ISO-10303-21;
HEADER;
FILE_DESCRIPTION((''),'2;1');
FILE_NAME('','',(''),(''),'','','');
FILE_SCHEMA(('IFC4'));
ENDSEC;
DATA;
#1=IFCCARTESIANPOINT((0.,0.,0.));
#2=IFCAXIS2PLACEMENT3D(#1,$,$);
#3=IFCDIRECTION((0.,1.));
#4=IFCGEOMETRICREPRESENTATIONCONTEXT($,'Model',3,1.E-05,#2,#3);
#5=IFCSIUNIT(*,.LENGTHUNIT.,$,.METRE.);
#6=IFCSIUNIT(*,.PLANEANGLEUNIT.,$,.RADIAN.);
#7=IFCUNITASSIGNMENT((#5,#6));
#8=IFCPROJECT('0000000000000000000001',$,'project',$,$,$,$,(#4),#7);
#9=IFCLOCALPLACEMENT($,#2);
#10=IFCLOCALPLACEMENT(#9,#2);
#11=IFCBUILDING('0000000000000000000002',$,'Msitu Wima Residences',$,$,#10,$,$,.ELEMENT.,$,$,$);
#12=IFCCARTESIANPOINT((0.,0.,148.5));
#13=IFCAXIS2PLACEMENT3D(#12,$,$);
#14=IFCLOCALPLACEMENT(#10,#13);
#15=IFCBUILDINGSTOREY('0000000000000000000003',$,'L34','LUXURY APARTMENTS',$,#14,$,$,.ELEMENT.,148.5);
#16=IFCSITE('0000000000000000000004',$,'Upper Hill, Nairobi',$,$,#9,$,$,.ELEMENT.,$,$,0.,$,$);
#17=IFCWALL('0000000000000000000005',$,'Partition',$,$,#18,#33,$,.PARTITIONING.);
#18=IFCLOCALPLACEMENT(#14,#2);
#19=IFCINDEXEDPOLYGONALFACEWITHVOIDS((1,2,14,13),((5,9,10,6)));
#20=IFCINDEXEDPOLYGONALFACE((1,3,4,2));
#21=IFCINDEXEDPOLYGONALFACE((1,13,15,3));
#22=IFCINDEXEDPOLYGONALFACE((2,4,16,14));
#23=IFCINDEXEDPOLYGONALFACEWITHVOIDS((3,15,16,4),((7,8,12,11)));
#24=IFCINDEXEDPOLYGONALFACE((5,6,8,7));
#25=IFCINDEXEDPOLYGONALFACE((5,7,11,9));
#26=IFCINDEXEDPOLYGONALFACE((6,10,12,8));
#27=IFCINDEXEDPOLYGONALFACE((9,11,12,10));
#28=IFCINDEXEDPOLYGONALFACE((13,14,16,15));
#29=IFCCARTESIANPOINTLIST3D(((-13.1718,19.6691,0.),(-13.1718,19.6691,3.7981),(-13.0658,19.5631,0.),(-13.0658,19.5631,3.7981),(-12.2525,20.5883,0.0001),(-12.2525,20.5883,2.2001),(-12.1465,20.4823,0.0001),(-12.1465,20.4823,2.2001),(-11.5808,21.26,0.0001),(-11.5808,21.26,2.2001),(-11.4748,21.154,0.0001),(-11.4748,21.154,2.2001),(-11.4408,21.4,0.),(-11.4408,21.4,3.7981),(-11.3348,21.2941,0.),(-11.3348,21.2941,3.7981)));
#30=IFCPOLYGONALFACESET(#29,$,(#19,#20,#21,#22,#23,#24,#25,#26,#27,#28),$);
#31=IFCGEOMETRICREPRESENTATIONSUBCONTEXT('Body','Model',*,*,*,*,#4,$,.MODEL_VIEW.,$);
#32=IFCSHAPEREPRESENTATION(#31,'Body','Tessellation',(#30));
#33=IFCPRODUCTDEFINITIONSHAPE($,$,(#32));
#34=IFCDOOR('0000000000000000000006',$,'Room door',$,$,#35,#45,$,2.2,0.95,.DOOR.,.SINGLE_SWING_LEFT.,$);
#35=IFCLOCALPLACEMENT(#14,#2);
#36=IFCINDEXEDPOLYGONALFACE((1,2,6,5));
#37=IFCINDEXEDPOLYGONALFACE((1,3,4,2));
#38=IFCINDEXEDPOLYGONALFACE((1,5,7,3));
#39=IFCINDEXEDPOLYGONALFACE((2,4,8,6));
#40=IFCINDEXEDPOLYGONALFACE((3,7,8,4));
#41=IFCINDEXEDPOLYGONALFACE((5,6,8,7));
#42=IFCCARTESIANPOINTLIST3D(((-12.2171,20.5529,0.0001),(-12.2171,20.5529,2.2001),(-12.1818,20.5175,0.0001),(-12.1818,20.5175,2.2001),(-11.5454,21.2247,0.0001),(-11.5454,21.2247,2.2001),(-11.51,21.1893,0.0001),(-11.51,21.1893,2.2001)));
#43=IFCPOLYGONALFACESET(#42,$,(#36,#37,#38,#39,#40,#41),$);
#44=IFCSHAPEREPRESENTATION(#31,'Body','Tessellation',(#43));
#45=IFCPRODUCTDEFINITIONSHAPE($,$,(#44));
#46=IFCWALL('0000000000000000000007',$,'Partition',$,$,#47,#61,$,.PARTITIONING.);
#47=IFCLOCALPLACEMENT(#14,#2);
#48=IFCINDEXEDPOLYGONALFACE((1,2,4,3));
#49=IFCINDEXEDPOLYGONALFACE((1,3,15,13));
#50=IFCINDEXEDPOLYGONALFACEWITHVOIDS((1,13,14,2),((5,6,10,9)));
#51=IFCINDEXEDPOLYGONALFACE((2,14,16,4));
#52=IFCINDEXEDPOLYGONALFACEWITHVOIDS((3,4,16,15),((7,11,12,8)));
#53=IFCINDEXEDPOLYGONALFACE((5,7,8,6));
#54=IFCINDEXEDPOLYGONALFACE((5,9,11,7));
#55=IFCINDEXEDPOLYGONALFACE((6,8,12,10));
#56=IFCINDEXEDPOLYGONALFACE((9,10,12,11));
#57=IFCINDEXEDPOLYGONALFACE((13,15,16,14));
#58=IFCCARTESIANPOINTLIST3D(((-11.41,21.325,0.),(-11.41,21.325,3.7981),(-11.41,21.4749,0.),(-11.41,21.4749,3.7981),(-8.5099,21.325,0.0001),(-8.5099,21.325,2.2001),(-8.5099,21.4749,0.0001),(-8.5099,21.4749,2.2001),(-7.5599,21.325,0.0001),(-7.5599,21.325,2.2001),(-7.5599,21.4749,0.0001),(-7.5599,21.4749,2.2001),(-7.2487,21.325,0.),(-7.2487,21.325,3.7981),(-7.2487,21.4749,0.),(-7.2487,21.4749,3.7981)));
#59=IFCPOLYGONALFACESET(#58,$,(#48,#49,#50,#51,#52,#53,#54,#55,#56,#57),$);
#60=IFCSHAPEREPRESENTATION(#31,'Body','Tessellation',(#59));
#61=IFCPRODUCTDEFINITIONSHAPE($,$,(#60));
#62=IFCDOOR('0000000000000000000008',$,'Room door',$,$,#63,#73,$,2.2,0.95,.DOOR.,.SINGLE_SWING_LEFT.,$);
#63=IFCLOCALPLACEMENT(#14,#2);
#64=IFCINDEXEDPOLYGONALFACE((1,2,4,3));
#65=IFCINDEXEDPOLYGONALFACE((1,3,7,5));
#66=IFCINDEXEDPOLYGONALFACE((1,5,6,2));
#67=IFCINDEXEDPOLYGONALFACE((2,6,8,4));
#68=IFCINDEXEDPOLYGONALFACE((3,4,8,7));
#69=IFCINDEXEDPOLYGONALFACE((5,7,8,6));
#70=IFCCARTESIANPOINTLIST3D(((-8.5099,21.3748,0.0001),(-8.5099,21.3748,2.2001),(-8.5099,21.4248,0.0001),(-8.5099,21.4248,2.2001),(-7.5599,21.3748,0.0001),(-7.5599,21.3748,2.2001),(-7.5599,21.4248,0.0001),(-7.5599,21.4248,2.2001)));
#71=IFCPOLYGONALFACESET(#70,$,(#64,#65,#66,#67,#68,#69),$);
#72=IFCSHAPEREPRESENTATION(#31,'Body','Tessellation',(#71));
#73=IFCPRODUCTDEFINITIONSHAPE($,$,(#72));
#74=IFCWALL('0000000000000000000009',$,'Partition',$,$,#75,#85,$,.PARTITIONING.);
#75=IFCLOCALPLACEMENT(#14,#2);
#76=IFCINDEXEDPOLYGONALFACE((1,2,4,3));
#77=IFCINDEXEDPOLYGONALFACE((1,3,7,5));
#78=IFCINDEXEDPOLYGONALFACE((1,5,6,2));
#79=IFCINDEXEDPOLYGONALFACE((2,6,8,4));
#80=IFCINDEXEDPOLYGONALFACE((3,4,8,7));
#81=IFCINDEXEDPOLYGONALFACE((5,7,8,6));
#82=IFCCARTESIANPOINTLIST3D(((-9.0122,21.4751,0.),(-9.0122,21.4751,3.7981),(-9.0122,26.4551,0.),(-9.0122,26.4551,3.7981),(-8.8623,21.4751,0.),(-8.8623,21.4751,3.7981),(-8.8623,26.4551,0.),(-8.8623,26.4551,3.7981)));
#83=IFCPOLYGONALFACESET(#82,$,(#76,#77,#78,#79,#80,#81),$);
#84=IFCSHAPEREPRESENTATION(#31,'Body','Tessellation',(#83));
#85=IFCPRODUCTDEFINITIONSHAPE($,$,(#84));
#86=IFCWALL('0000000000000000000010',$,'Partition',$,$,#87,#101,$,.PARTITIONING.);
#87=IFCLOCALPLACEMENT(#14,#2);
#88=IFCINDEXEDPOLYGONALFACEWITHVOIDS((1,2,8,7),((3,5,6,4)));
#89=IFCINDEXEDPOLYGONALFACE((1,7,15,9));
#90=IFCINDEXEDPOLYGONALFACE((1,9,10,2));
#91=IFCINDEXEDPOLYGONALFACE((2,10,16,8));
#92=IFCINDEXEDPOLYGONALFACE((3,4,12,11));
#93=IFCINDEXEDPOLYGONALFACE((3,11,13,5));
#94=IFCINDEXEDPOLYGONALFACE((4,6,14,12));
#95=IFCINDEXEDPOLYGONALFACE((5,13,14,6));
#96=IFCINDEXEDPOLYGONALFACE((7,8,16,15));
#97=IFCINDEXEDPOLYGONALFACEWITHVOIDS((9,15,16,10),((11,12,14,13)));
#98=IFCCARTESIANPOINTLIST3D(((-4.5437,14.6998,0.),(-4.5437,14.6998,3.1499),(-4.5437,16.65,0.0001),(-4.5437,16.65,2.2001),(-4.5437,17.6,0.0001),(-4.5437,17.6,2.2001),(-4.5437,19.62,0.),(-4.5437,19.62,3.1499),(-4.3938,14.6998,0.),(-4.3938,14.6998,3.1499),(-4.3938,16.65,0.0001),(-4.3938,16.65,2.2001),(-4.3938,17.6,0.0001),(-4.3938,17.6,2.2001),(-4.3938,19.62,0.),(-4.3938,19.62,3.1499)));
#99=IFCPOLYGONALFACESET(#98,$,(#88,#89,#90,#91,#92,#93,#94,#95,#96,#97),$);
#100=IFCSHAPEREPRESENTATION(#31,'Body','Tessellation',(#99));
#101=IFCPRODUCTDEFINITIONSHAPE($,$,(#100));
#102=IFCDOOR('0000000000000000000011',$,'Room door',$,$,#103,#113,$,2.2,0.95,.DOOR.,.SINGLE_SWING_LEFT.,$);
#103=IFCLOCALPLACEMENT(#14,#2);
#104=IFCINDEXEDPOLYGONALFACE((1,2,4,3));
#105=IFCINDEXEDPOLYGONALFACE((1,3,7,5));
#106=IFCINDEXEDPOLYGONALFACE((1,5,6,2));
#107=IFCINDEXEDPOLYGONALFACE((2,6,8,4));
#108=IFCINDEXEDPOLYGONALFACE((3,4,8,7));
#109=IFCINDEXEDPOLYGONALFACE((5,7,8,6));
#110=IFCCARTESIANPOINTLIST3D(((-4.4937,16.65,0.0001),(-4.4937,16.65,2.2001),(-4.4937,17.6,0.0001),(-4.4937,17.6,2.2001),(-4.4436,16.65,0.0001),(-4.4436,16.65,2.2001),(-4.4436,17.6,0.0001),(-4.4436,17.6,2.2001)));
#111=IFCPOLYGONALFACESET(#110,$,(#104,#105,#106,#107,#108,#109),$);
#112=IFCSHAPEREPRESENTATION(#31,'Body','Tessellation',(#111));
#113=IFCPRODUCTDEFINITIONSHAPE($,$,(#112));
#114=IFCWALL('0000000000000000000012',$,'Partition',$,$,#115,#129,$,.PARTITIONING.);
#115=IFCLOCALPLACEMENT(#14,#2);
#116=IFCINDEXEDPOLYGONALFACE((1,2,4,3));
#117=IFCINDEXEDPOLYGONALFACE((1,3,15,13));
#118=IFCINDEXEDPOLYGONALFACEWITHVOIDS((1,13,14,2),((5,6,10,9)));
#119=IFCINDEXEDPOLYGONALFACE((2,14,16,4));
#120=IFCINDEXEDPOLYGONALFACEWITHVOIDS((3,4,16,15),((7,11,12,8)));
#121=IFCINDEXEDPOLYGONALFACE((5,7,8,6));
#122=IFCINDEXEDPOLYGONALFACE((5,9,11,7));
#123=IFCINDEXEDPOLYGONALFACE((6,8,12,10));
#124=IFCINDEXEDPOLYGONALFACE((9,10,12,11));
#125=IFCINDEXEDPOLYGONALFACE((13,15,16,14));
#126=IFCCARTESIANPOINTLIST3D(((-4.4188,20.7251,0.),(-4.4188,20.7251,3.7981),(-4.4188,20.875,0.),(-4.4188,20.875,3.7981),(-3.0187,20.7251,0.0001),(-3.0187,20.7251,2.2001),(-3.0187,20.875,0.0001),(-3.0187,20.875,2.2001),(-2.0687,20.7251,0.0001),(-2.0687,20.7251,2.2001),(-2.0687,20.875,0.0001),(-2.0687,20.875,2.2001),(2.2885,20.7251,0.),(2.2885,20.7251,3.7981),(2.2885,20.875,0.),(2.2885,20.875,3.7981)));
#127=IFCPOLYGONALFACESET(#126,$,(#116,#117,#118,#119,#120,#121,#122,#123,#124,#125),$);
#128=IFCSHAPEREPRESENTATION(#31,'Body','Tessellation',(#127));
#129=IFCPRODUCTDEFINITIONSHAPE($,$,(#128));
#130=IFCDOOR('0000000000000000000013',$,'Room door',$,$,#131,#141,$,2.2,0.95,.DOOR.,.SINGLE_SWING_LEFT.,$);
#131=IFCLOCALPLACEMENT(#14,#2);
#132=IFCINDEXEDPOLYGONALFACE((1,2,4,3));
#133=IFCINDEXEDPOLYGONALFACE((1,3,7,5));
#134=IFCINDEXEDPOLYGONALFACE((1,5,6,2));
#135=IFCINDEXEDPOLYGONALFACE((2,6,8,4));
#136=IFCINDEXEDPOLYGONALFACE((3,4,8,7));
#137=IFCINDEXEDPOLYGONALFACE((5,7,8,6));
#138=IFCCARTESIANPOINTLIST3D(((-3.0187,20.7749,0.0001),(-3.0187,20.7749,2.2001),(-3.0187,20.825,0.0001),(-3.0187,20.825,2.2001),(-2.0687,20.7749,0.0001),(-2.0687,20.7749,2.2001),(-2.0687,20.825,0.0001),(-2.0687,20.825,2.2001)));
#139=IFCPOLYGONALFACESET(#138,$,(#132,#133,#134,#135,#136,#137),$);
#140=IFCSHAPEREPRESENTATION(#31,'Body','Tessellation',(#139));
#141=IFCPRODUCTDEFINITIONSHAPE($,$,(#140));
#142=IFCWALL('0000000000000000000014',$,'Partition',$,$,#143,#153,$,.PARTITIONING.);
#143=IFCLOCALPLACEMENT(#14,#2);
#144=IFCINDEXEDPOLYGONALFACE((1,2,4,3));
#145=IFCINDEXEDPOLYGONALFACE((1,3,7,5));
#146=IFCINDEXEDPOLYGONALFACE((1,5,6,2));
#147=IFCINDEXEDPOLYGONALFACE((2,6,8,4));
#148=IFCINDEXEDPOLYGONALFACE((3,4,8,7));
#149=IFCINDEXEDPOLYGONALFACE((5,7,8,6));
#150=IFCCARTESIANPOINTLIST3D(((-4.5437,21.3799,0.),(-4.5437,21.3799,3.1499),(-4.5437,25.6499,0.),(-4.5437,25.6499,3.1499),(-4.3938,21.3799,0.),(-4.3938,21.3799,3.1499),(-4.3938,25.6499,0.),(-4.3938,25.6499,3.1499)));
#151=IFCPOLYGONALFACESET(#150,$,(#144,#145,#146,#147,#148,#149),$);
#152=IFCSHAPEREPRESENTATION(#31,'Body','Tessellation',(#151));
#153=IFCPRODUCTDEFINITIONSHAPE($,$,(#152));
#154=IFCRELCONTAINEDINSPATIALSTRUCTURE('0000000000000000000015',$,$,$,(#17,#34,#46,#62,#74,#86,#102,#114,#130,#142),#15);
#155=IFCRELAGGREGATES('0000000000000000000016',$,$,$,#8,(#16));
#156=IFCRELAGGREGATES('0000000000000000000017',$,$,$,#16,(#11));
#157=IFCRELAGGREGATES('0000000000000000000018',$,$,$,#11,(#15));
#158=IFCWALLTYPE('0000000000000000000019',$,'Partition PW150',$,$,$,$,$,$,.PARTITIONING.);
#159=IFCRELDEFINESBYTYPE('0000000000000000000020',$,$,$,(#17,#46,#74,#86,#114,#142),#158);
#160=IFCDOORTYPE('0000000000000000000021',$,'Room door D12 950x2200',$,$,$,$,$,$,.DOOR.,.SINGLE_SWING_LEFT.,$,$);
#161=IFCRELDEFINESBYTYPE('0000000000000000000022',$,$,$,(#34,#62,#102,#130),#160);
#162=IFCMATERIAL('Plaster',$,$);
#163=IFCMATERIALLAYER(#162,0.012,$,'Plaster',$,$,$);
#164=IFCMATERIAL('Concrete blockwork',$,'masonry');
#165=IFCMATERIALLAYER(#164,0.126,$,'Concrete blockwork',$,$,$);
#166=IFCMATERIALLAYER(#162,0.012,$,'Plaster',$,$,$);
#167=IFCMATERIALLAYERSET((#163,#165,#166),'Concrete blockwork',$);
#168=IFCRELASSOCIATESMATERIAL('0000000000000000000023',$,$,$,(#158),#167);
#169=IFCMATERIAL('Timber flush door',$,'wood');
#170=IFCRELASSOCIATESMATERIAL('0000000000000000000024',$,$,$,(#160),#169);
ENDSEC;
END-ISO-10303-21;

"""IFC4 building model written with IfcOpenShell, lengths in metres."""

from ifc_helpers import new_model, si_unit, direction, frame, frame_2d, origin, place, context, subcontext, project, spatial, rectangle, extrude, material, layer, layer_set, type_object, element, fill, save


model = new_model("IFC4")

# Units and contexts
model_context = context("Model", 3, precision=1e-05, world=origin(), true_north=direction((0.0, 1.0)))
body_context = subcontext(model_context, "Body", "Model", "MODEL_VIEW")
ifc_project = project(units=[si_unit("LENGTHUNIT", "METRE"), si_unit("PLANEANGLEUNIT", "RADIAN")], contexts=[model_context])

# Site, building, storey
site_placement = place(None, origin())
site = spatial("IfcSite", under=ifc_project, at=site_placement, Name="Upper Hill, Nairobi", CompositionType="ELEMENT", RefElevation=0.0)
building_placement = place(site_placement, origin())
building = spatial("IfcBuilding", under=site, at=building_placement, Name="Msitu Wima Residences", CompositionType="ELEMENT")
storey_placement = place(building_placement, frame((0.0, 0.0, 148.5)))
storey = spatial("IfcBuildingStorey", under=building, at=storey_placement, Name="L34", Description="LUXURY APARTMENTS", CompositionType="ELEMENT", Elevation=148.5)

# Walls, openings, doors
ifc_material_1 = material(Name="Plaster")
ifc_layer_1 = layer(ifc_material_1, 0.012, Name="Plaster")
ifc_material_2 = material(Name="Concrete blockwork", Category="masonry")
ifc_layer_2 = layer(ifc_material_2, 0.126, Name="Concrete blockwork")
ifc_layer_3 = layer(ifc_material_1, 0.012, Name="Plaster")
ifc_layer_set_1 = layer_set([ifc_layer_1, ifc_layer_2, ifc_layer_3], Name="Concrete blockwork")
wall_type_1 = type_object("IfcWallType", Name="Partition PW150", PredefinedType="PARTITIONING", material=ifc_layer_set_1)
wall_1_placement = place(storey_placement, frame((-13.1189, 19.616, 0.0), z_axis=(0.0, 0.0, 1.0), x_axis=(0.707107, 0.707107, 0.0)))
wall_1 = element("IfcWall", 1, at=wall_1_placement, inside=storey, type_object=wall_type_1, Name="Partition", PredefinedType="PARTITIONING", context=body_context, shape_type="SweptSolid", body=[
    extrude(rectangle(XDim=2.448, YDim=0.1499, at=frame_2d((1.2241, 0.0))), origin(), (0.0, 0.0, 1.0), 3.7981),
])
opening_1_placement = place(wall_1_placement, frame((1.3, 0.0, 0.0)))
opening_1 = element("IfcOpeningElement", 2, at=opening_1_placement, cuts=wall_1, PredefinedType="OPENING", context=body_context, shape_type="SweptSolid", body=[
    extrude(rectangle(XDim=0.95, YDim=2.2, at=frame_2d((0.4751, 1.1001))), frame((0.0, 0.085, 0.0), z_axis=(0.0, -1.0, 0.0), x_axis=(1.0, 0.0, 0.0)), (0.0, 0.0, 1.0), 0.1699),
])
ifc_material_3 = material(Name="Timber flush door", Category="wood")
door_type_1 = type_object("IfcDoorType", Name="Room door D12 950x2200", OperationType="SINGLE_SWING_LEFT", PredefinedType="DOOR", material=ifc_material_3)
door_1_placement = place(opening_1_placement, origin())
door_1 = element("IfcDoor", 3, at=door_1_placement, inside=storey, type_object=door_type_1, Name="Room door", OperationType="SINGLE_SWING_LEFT", OverallHeight=2.2, OverallWidth=0.95, PredefinedType="DOOR", context=body_context, shape_type="SweptSolid", body=[
    extrude(rectangle(XDim=0.95, YDim=2.2, at=frame_2d((0.4751, 1.1001))), frame((0.0, 0.0249, 0.0), z_axis=(0.0, -1.0, 0.0), x_axis=(1.0, 0.0, 0.0)), (0.0, 0.0, 1.0), 0.05),
])
fill(opening_1, door_1)
wall_2_placement = place(storey_placement, frame((-11.4099, 21.3999, 0.0), z_axis=(0.0, 0.0, 1.0), x_axis=(1.0, 0.0, 0.0)))
wall_2 = element("IfcWall", 4, at=wall_2_placement, inside=storey, type_object=wall_type_1, Name="Partition", PredefinedType="PARTITIONING", context=body_context, shape_type="SweptSolid", body=[
    extrude(rectangle(XDim=4.1614, YDim=0.1499, at=frame_2d((2.0806, 0.0))), origin(), (0.0, 0.0, 1.0), 3.7981),
])
opening_2_placement = place(wall_2_placement, frame((2.8999, 0.0, 0.0)))
opening_2 = element("IfcOpeningElement", 5, at=opening_2_placement, cuts=wall_2, PredefinedType="OPENING", context=body_context, shape_type="SweptSolid", body=[
    extrude(rectangle(XDim=0.95, YDim=2.2, at=frame_2d((0.4751, 1.1001))), frame((0.0, 0.085, 0.0), z_axis=(0.0, -1.0, 0.0), x_axis=(1.0, 0.0, 0.0)), (0.0, 0.0, 1.0), 0.1699),
])
door_2_placement = place(opening_2_placement, origin())
door_2 = element("IfcDoor", 6, at=door_2_placement, inside=storey, type_object=door_type_1, Name="Room door", OperationType="SINGLE_SWING_LEFT", OverallHeight=2.2, OverallWidth=0.95, PredefinedType="DOOR", context=body_context, shape_type="SweptSolid", body=[
    extrude(rectangle(XDim=0.95, YDim=2.2, at=frame_2d((0.4751, 1.1001))), frame((0.0, 0.0249, 0.0), z_axis=(0.0, -1.0, 0.0), x_axis=(1.0, 0.0, 0.0)), (0.0, 0.0, 1.0), 0.05),
])
fill(opening_2, door_2)

# Wall
wall_3_placement = place(storey_placement, frame((-8.9373, 21.4751, 0.0), z_axis=(0.0, 0.0, 1.0), x_axis=(0.0, 1.0, 0.0)))
element("IfcWall", 7, at=wall_3_placement, inside=storey, type_object=wall_type_1, Name="Partition", PredefinedType="PARTITIONING", context=body_context, shape_type="SweptSolid", body=[
    extrude(rectangle(XDim=4.98, YDim=0.1499, at=frame_2d((2.49, 0.0))), origin(), (0.0, 0.0, 1.0), 3.7981),
])

# Walls, openings, doors
wall_4_placement = place(storey_placement, frame((-4.4688, 14.7, 0.0), z_axis=(0.0, 0.0, 1.0), x_axis=(0.0, 1.0, 0.0)))
wall_4 = element("IfcWall", 8, at=wall_4_placement, inside=storey, type_object=wall_type_1, Name="Partition", PredefinedType="PARTITIONING", context=body_context, shape_type="SweptSolid", body=[
    extrude(rectangle(XDim=4.9202, YDim=0.1499, at=frame_2d((2.46, 0.0))), origin(), (0.0, 0.0, 1.0), 3.1499),
])
opening_3_placement = place(wall_4_placement, frame((1.95, 0.0, 0.0)))
opening_3 = element("IfcOpeningElement", 9, at=opening_3_placement, cuts=wall_4, PredefinedType="OPENING", context=body_context, shape_type="SweptSolid", body=[
    extrude(rectangle(XDim=0.95, YDim=2.2, at=frame_2d((0.4751, 1.1001))), frame((0.0, 0.085, 0.0), z_axis=(0.0, -1.0, 0.0), x_axis=(1.0, 0.0, 0.0)), (0.0, 0.0, 1.0), 0.1699),
])
door_3_placement = place(opening_3_placement, origin())
door_3 = element("IfcDoor", 10, at=door_3_placement, inside=storey, type_object=door_type_1, Name="Room door", OperationType="SINGLE_SWING_LEFT", OverallHeight=2.2, OverallWidth=0.95, PredefinedType="DOOR", context=body_context, shape_type="SweptSolid", body=[
    extrude(rectangle(XDim=0.95, YDim=2.2, at=frame_2d((0.4751, 1.1001))), frame((0.0, 0.0249, 0.0), z_axis=(0.0, -1.0, 0.0), x_axis=(1.0, 0.0, 0.0)), (0.0, 0.0, 1.0), 0.05),
])
fill(opening_3, door_3)
wall_5_placement = place(storey_placement, frame((-4.4187, 20.8, 0.0), z_axis=(0.0, 0.0, 1.0), x_axis=(1.0, 0.0, 0.0)))
wall_5 = element("IfcWall", 11, at=wall_5_placement, inside=storey, type_object=wall_type_1, Name="Partition", PredefinedType="PARTITIONING", context=body_context, shape_type="SweptSolid", body=[
    extrude(rectangle(XDim=6.7073, YDim=0.1499, at=frame_2d((3.3535, 0.0))), origin(), (0.0, 0.0, 1.0), 3.7981),
])
opening_4_placement = place(wall_5_placement, frame((1.3999, 0.0, 0.0)))
opening_4 = element("IfcOpeningElement", 12, at=opening_4_placement, cuts=wall_5, PredefinedType="OPENING", context=body_context, shape_type="SweptSolid", body=[
    extrude(rectangle(XDim=0.95, YDim=2.2, at=frame_2d((0.4751, 1.1001))), frame((0.0, 0.085, 0.0), z_axis=(0.0, -1.0, 0.0), x_axis=(1.0, 0.0, 0.0)), (0.0, 0.0, 1.0), 0.1699),
])
door_4_placement = place(opening_4_placement, origin())
door_4 = element("IfcDoor", 13, at=door_4_placement, inside=storey, type_object=door_type_1, Name="Room door", OperationType="SINGLE_SWING_LEFT", OverallHeight=2.2, OverallWidth=0.95, PredefinedType="DOOR", context=body_context, shape_type="SweptSolid", body=[
    extrude(rectangle(XDim=0.95, YDim=2.2, at=frame_2d((0.4751, 1.1001))), frame((0.0, 0.0249, 0.0), z_axis=(0.0, -1.0, 0.0), x_axis=(1.0, 0.0, 0.0)), (0.0, 0.0, 1.0), 0.05),
])
fill(opening_4, door_4)

# Wall
wall_6_placement = place(storey_placement, frame((-4.4688, 21.3799, 0.0), z_axis=(0.0, 0.0, 1.0), x_axis=(0.0, 1.0, 0.0)))
element("IfcWall", 14, at=wall_6_placement, inside=storey, type_object=wall_type_1, Name="Partition", PredefinedType="PARTITIONING", context=body_context, shape_type="SweptSolid", body=[
    extrude(rectangle(XDim=4.27, YDim=0.1499, at=frame_2d((2.135, 0.0))), origin(), (0.0, 0.0, 1.0), 3.1499),
])

save(model, "model.ifc")
